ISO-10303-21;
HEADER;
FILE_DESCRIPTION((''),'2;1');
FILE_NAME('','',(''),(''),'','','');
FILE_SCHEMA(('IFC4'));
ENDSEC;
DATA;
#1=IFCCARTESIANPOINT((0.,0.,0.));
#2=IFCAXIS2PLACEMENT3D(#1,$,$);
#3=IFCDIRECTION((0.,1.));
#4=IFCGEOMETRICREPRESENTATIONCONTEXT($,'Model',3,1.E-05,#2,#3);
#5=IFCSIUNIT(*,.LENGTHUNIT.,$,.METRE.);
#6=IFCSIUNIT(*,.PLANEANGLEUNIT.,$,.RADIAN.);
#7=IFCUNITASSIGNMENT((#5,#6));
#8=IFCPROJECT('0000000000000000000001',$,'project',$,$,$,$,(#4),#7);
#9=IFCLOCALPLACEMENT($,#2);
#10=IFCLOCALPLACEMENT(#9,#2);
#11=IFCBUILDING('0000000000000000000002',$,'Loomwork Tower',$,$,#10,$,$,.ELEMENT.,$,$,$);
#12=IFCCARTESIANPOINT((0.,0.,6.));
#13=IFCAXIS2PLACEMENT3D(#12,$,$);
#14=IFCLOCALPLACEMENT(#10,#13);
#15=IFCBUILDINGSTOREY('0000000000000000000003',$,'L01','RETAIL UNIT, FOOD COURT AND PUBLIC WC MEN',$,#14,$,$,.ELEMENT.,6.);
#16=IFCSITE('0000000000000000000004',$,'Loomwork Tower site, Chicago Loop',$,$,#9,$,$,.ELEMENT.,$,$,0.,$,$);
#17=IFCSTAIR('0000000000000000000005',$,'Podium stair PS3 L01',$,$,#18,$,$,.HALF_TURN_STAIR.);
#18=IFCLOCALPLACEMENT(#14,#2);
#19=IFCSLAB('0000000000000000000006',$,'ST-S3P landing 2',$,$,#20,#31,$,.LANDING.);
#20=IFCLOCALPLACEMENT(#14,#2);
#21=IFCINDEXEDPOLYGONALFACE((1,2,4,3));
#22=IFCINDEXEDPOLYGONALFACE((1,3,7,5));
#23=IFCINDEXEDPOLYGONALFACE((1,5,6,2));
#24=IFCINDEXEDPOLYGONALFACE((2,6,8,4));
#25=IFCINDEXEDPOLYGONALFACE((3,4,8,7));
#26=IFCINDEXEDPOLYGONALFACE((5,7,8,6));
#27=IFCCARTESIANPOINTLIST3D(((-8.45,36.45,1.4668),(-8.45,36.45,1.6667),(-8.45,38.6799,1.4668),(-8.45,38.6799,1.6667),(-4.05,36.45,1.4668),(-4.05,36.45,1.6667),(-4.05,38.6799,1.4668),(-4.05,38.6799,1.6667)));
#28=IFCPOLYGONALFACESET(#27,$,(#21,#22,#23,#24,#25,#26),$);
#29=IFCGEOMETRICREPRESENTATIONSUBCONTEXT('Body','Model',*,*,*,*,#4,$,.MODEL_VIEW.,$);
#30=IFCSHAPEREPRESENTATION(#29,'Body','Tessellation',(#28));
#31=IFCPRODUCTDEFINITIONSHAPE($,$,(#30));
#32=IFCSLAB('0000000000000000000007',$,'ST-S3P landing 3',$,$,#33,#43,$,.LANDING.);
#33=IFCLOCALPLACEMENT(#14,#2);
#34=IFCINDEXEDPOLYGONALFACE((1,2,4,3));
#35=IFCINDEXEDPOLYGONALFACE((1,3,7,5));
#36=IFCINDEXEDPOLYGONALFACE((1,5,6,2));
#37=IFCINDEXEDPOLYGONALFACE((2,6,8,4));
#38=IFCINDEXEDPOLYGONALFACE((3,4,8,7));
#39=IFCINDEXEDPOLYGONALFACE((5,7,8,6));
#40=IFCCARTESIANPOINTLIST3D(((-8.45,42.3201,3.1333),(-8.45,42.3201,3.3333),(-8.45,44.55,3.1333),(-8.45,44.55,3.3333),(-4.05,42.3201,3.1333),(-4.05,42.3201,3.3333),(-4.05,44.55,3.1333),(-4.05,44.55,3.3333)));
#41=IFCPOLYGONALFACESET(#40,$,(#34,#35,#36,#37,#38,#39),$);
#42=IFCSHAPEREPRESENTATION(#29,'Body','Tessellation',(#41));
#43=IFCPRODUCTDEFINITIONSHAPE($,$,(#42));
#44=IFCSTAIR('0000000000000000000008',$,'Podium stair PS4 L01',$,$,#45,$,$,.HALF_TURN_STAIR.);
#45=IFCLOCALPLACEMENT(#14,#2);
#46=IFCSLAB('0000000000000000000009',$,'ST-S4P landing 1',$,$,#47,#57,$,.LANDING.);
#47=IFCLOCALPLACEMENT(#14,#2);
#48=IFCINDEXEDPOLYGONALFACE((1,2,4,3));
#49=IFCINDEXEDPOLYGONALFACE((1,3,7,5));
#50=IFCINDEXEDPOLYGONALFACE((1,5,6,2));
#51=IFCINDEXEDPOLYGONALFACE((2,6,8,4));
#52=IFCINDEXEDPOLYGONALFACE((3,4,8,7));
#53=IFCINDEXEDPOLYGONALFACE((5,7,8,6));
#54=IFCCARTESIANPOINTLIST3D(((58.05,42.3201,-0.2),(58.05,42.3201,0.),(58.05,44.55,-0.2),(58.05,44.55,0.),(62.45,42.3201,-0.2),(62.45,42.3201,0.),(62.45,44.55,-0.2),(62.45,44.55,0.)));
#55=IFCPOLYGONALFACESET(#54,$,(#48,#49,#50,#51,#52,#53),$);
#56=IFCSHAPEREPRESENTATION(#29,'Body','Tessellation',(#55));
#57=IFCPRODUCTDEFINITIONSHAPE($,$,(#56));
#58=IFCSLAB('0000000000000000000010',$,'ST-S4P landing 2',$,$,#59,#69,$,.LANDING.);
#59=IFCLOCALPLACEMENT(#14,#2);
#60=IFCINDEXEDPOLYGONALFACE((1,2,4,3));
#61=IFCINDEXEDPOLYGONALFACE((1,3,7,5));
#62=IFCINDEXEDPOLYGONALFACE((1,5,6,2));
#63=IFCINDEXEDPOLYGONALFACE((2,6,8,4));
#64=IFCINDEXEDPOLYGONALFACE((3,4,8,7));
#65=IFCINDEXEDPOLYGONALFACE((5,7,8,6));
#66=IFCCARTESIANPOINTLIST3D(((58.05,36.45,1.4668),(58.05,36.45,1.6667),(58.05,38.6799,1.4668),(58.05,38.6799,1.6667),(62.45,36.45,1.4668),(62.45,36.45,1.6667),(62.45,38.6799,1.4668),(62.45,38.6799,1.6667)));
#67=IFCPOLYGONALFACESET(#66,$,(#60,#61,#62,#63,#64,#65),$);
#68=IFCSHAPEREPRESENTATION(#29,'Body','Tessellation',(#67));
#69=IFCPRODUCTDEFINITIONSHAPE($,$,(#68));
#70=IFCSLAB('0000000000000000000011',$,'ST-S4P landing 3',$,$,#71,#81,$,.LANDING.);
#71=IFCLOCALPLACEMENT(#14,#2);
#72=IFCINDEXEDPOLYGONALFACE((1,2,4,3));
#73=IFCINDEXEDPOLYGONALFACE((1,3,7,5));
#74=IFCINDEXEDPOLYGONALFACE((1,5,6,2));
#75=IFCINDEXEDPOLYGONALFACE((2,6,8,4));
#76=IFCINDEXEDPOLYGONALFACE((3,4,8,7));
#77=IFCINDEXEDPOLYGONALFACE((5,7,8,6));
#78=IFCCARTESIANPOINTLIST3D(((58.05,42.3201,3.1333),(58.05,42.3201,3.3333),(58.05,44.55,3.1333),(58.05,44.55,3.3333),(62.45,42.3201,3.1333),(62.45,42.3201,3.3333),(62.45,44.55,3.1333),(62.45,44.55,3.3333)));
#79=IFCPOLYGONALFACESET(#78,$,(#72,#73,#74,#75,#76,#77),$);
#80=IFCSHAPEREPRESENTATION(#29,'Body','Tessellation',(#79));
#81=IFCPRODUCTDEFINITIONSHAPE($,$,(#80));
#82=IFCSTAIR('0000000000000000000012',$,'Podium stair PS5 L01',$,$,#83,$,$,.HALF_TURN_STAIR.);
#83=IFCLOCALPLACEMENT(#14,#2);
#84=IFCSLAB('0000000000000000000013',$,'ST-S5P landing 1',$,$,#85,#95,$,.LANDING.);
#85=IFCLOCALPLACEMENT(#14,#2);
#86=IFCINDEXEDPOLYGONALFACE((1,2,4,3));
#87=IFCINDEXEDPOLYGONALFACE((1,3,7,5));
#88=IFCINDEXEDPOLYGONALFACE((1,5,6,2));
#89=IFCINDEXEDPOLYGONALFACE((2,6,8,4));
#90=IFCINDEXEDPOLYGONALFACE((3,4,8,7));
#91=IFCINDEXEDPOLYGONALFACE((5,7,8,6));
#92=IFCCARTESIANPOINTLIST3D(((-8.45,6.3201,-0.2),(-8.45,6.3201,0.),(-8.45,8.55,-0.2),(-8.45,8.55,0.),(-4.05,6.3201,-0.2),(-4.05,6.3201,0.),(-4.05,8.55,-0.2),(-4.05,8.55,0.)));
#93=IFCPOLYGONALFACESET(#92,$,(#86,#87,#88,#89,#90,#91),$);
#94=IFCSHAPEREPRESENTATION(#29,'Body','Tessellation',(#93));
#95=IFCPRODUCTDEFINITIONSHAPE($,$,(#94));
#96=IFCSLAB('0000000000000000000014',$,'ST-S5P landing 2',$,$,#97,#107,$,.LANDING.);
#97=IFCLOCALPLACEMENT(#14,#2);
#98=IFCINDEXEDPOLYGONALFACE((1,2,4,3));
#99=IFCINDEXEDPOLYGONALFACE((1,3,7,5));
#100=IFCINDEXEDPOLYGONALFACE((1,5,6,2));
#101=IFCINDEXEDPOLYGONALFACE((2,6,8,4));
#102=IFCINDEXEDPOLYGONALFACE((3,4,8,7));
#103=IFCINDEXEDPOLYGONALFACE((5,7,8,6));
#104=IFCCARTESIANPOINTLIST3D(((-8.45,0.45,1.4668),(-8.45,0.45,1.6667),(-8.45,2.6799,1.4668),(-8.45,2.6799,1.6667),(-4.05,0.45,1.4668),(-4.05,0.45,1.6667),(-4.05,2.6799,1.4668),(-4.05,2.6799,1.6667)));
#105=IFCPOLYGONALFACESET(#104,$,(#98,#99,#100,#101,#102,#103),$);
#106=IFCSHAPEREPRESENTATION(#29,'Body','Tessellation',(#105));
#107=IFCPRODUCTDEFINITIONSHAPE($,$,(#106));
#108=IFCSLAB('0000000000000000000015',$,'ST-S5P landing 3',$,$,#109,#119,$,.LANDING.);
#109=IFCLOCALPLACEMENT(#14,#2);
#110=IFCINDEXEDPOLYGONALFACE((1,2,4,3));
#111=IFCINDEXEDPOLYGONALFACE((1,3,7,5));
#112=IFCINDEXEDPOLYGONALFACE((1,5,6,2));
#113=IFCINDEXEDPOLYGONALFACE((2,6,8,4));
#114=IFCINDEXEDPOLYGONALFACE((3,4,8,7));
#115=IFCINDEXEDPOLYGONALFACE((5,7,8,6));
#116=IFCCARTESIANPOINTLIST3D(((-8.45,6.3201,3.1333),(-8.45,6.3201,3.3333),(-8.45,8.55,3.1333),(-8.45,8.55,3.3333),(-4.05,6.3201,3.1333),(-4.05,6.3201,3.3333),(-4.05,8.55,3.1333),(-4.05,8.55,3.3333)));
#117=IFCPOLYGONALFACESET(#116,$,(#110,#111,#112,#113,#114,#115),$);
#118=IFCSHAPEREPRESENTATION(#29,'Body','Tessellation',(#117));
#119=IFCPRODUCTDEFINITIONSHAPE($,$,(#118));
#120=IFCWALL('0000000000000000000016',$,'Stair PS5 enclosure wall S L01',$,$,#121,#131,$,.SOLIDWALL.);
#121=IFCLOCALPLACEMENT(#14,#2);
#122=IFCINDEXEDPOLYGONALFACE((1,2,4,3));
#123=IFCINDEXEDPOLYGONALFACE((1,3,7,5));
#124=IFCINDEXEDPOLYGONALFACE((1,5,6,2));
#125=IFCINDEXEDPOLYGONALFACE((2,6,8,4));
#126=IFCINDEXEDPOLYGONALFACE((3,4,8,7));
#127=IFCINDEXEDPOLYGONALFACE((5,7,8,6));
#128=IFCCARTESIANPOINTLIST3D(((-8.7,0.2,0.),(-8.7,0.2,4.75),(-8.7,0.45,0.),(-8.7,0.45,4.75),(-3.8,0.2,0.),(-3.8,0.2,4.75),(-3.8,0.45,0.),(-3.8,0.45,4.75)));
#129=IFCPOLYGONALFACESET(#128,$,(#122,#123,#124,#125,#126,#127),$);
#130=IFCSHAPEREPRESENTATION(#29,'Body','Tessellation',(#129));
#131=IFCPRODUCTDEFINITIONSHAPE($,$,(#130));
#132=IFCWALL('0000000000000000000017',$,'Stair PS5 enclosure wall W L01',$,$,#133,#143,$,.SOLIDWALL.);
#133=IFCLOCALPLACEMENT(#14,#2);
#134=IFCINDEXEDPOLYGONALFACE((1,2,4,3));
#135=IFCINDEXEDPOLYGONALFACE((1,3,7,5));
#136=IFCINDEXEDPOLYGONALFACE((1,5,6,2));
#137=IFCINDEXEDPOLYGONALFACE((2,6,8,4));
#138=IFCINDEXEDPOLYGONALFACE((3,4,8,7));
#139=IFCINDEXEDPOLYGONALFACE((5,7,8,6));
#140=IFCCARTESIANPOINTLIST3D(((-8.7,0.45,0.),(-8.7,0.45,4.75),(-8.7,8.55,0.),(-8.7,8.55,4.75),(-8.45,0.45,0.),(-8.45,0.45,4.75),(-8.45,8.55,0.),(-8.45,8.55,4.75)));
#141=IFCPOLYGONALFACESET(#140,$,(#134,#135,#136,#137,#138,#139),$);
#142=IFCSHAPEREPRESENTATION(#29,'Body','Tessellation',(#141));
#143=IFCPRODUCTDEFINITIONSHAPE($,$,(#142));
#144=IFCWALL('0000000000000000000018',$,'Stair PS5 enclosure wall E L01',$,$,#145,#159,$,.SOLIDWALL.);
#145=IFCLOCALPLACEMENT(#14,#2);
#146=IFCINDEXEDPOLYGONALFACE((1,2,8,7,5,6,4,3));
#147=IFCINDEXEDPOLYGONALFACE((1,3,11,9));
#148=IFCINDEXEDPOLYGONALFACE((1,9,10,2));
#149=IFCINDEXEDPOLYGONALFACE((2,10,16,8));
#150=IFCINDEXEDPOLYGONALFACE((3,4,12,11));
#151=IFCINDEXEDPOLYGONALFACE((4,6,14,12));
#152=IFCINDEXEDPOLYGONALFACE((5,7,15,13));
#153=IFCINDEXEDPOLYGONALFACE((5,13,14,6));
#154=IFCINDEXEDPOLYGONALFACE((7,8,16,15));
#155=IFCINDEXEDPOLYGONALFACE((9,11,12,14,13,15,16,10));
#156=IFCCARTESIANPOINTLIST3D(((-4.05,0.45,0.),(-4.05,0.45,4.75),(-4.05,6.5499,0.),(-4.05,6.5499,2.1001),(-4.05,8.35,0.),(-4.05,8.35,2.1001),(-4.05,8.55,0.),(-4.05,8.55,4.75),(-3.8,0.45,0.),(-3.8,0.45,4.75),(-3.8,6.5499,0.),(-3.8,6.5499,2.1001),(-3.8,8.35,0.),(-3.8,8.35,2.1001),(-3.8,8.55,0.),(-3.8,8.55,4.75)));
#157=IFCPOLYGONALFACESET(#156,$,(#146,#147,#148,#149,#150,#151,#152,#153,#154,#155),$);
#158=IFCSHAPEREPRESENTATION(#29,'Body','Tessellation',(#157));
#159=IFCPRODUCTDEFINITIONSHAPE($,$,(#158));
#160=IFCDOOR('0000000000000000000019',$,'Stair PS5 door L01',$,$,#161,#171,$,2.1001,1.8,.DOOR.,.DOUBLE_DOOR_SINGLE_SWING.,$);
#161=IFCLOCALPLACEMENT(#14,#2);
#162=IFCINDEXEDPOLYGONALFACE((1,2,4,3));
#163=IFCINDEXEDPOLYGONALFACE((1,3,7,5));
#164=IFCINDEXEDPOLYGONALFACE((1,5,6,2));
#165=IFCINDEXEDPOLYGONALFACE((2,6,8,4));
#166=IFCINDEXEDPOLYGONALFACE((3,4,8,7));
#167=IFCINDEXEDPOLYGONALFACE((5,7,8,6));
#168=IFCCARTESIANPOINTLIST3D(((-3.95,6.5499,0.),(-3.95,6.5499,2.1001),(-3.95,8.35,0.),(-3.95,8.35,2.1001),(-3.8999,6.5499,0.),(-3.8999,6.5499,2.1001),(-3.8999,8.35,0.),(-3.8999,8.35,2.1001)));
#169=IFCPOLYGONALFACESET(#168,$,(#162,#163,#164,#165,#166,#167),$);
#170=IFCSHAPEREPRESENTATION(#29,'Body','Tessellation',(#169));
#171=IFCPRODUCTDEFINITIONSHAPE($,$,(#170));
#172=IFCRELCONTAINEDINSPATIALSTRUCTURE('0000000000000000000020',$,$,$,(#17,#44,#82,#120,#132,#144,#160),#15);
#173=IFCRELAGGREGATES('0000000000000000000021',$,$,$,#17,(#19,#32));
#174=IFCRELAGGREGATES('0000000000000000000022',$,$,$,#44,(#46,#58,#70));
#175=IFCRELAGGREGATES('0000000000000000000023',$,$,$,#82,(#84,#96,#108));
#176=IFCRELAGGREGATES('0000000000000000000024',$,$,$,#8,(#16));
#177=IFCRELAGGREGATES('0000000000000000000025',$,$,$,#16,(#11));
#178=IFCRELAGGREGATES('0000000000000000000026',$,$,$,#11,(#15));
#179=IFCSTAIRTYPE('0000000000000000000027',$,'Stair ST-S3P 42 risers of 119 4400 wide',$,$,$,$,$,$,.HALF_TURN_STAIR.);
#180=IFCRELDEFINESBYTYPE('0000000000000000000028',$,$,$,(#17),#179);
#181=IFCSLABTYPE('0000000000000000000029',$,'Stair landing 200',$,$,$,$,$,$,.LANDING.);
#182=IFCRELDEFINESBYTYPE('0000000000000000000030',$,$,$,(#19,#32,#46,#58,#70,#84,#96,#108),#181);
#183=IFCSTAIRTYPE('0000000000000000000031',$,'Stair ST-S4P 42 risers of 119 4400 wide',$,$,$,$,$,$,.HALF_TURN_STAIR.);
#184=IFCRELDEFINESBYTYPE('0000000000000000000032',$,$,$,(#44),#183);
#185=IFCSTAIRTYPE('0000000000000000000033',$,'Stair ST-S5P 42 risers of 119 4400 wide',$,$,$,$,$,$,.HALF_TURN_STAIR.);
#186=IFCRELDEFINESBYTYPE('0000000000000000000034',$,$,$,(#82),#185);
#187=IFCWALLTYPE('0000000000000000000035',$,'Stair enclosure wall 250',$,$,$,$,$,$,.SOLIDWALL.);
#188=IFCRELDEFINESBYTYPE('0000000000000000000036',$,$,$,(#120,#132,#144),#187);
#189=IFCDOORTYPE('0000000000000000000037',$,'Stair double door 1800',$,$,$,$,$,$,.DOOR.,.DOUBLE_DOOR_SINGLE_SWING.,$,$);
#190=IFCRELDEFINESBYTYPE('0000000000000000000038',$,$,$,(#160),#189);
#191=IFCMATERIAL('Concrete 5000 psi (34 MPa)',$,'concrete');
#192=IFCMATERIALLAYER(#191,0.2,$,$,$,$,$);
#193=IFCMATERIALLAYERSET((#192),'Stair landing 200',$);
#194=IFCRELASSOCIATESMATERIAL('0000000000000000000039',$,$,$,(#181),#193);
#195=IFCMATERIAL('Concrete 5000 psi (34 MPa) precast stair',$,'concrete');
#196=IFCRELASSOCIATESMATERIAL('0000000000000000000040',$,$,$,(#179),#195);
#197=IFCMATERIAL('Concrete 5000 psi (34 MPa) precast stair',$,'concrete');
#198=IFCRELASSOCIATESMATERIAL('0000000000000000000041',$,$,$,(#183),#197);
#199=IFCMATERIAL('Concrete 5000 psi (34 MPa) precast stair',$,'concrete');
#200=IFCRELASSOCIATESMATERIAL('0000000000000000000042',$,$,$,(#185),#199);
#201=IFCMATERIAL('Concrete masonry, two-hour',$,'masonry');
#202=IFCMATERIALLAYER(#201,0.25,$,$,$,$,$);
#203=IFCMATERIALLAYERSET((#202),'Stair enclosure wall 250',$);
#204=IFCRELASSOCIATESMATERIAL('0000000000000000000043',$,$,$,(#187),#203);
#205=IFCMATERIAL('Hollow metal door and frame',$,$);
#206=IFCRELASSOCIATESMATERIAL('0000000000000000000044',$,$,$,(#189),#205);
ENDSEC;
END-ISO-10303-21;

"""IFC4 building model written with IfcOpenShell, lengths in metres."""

from ifc_helpers import new_model, si_unit, direction, frame, frame_2d, origin, place, context, subcontext, project, spatial, polyline, rectangle, outline, extrude, material, layer, layer_set, type_object, element, fill, aggregate, save


model = new_model("IFC4")

# Units and contexts
model_context = context("Model", 3, precision=1e-05, world=origin(), true_north=direction((0.0, 1.0)))
body_context = subcontext(model_context, "Body", "Model", "MODEL_VIEW")
ifc_project = project(units=[si_unit("LENGTHUNIT", "METRE"), si_unit("PLANEANGLEUNIT", "RADIAN")], contexts=[model_context])

# Site, building, storey
site_placement = place(None, origin())
site = spatial("IfcSite", under=ifc_project, at=site_placement, Name="Loomwork Tower site, Chicago Loop", CompositionType="ELEMENT", RefElevation=0.0)
building_placement = place(site_placement, origin())
building = spatial("IfcBuilding", under=site, at=building_placement, Name="Loomwork Tower", CompositionType="ELEMENT")
storey_placement = place(building_placement, frame((0.0, 0.0, 6.0)))
storey = spatial("IfcBuildingStorey", under=building, at=storey_placement, Name="L01", Description="RETAIL UNIT, FOOD COURT AND PUBLIC WC MEN", CompositionType="ELEMENT", Elevation=6.0)

# Stairs, slabs
ifc_material_1 = material(Name="Concrete 5000 psi (34 MPa)", Category="concrete")
ifc_layer_1 = layer(ifc_material_1, 0.2)
ifc_layer_set_1 = layer_set([ifc_layer_1], Name="Stair landing 200")
slab_type_1 = type_object("IfcSlabType", Name="Stair landing 200", PredefinedType="LANDING", material=ifc_layer_set_1)
ifc_material_2 = material(Name="Concrete 5000 psi (34 MPa) precast stair", Category="concrete")
stair_type_1 = type_object("IfcStairType", Name="Stair ST-S3P 42 risers of 119 4400 wide", PredefinedType="HALF_TURN_STAIR", material=ifc_material_2)
stair_1_placement = place(storey_placement, origin())
stair_1 = element("IfcStair", 1, at=stair_1_placement, inside=storey, type_object=stair_type_1, Name="Podium stair PS3 L01", PredefinedType="HALF_TURN_STAIR")
slab_1_placement = place(storey_placement, frame((0.0, 0.0, 1.4668)))
slab_1 = element("IfcSlab", 2, at=slab_1_placement, type_object=slab_type_1, Name="ST-S3P landing 2", PredefinedType="LANDING", context=body_context, shape_type="SweptSolid", body=[
    extrude(outline(polyline([(-8.45, 36.45), (-4.05, 36.45), (-4.05, 38.6799), (-8.45, 38.6799), (-8.45, 36.45)])), origin(), (0.0, 0.0, 1.0), 0.2),
])
slab_2_placement = place(storey_placement, frame((0.0, 0.0, 3.1333)))
slab_2 = element("IfcSlab", 3, at=slab_2_placement, type_object=slab_type_1, Name="ST-S3P landing 3", PredefinedType="LANDING", context=body_context, shape_type="SweptSolid", body=[
    extrude(outline(polyline([(-8.45, 42.3201), (-4.05, 42.3201), (-4.05, 44.55), (-8.45, 44.55), (-8.45, 42.3201)])), origin(), (0.0, 0.0, 1.0), 0.2),
])
aggregate(stair_1, [slab_1, slab_2])
ifc_material_3 = material(Name="Concrete 5000 psi (34 MPa) precast stair", Category="concrete")
stair_type_2 = type_object("IfcStairType", Name="Stair ST-S4P 42 risers of 119 4400 wide", PredefinedType="HALF_TURN_STAIR", material=ifc_material_3)
stair_2_placement = place(storey_placement, origin())
stair_2 = element("IfcStair", 4, at=stair_2_placement, inside=storey, type_object=stair_type_2, Name="Podium stair PS4 L01", PredefinedType="HALF_TURN_STAIR")
slab_3_placement = place(storey_placement, frame((0.0, 0.0, -0.2)))
slab_3 = element("IfcSlab", 5, at=slab_3_placement, type_object=slab_type_1, Name="ST-S4P landing 1", PredefinedType="LANDING", context=body_context, shape_type="SweptSolid", body=[
    extrude(outline(polyline([(58.05, 42.3201), (62.45, 42.3201), (62.45, 44.55), (58.05, 44.55), (58.05, 42.3201)])), origin(), (0.0, 0.0, 1.0), 0.2),
])
slab_4_placement = place(storey_placement, frame((0.0, 0.0, 1.4668)))
slab_4 = element("IfcSlab", 6, at=slab_4_placement, type_object=slab_type_1, Name="ST-S4P landing 2", PredefinedType="LANDING", context=body_context, shape_type="SweptSolid", body=[
    extrude(outline(polyline([(58.05, 36.45), (62.45, 36.45), (62.45, 38.6799), (58.05, 38.6799), (58.05, 36.45)])), origin(), (0.0, 0.0, 1.0), 0.2),
])
slab_5_placement = place(storey_placement, frame((0.0, 0.0, 3.1333)))
slab_5 = element("IfcSlab", 7, at=slab_5_placement, type_object=slab_type_1, Name="ST-S4P landing 3", PredefinedType="LANDING", context=body_context, shape_type="SweptSolid", body=[
    extrude(outline(polyline([(58.05, 42.3201), (62.45, 42.3201), (62.45, 44.55), (58.05, 44.55), (58.05, 42.3201)])), origin(), (0.0, 0.0, 1.0), 0.2),
])
aggregate(stair_2, [slab_3, slab_4, slab_5])
ifc_material_4 = material(Name="Concrete 5000 psi (34 MPa) precast stair", Category="concrete")
stair_type_3 = type_object("IfcStairType", Name="Stair ST-S5P 42 risers of 119 4400 wide", PredefinedType="HALF_TURN_STAIR", material=ifc_material_4)
stair_3_placement = place(storey_placement, origin())
stair_3 = element("IfcStair", 8, at=stair_3_placement, inside=storey, type_object=stair_type_3, Name="Podium stair PS5 L01", PredefinedType="HALF_TURN_STAIR")
slab_6_placement = place(storey_placement, frame((0.0, 0.0, -0.2)))
slab_6 = element("IfcSlab", 9, at=slab_6_placement, type_object=slab_type_1, Name="ST-S5P landing 1", PredefinedType="LANDING", context=body_context, shape_type="SweptSolid", body=[
    extrude(outline(polyline([(-8.45, 6.3201), (-4.05, 6.3201), (-4.05, 8.55), (-8.45, 8.55), (-8.45, 6.3201)])), origin(), (0.0, 0.0, 1.0), 0.2),
])
slab_7_placement = place(storey_placement, frame((0.0, 0.0, 1.4668)))
slab_7 = element("IfcSlab", 10, at=slab_7_placement, type_object=slab_type_1, Name="ST-S5P landing 2", PredefinedType="LANDING", context=body_context, shape_type="SweptSolid", body=[
    extrude(outline(polyline([(-8.45, 0.45), (-4.05, 0.45), (-4.05, 2.6799), (-8.45, 2.6799), (-8.45, 0.45)])), origin(), (0.0, 0.0, 1.0), 0.2),
])
slab_8_placement = place(storey_placement, frame((0.0, 0.0, 3.1333)))
slab_8 = element("IfcSlab", 11, at=slab_8_placement, type_object=slab_type_1, Name="ST-S5P landing 3", PredefinedType="LANDING", context=body_context, shape_type="SweptSolid", body=[
    extrude(outline(polyline([(-8.45, 6.3201), (-4.05, 6.3201), (-4.05, 8.55), (-8.45, 8.55), (-8.45, 6.3201)])), origin(), (0.0, 0.0, 1.0), 0.2),
])

# Walls
ifc_material_5 = material(Name="Concrete masonry, two-hour", Category="masonry")
ifc_layer_2 = layer(ifc_material_5, 0.25)
ifc_layer_set_2 = layer_set([ifc_layer_2], Name="Stair enclosure wall 250")
wall_type = type_object("IfcWallType", Name="Stair enclosure wall 250", PredefinedType="SOLIDWALL", material=ifc_layer_set_2)
wall_1_placement = place(storey_placement, frame((-8.7, 0.325, 0.0), z_axis=(0.0, 0.0, 1.0), x_axis=(1.0, 0.0, 0.0)))
element("IfcWall", 12, at=wall_1_placement, inside=storey, type_object=wall_type, Name="Stair PS5 enclosure wall S L01", PredefinedType="SOLIDWALL", context=body_context, shape_type="SweptSolid", body=[
    extrude(rectangle(XDim=4.8999, YDim=0.25, at=frame_2d((2.45, 0.0))), origin(), (0.0, 0.0, 1.0), 4.75),
])
wall_2_placement = place(storey_placement, frame((-8.575, 0.45, 0.0), z_axis=(0.0, 0.0, 1.0), x_axis=(0.0, 1.0, 0.0)))
element("IfcWall", 13, at=wall_2_placement, inside=storey, type_object=wall_type, Name="Stair PS5 enclosure wall W L01", PredefinedType="SOLIDWALL", context=body_context, shape_type="SweptSolid", body=[
    extrude(rectangle(XDim=8.1001, YDim=0.25, at=frame_2d((4.05, 0.0))), origin(), (0.0, 0.0, 1.0), 4.75),
])

# Wall, opening, door
wall_3_placement = place(storey_placement, frame((-3.925, 0.45, 0.0), z_axis=(0.0, 0.0, 1.0), x_axis=(0.0, 1.0, 0.0)))
wall_3 = element("IfcWall", 14, at=wall_3_placement, inside=storey, type_object=wall_type, Name="Stair PS5 enclosure wall E L01", PredefinedType="SOLIDWALL", context=body_context, shape_type="SweptSolid", body=[
    extrude(rectangle(XDim=8.1001, YDim=0.25, at=frame_2d((4.05, 0.0))), origin(), (0.0, 0.0, 1.0), 4.75),
])
opening_placement = place(wall_3_placement, frame((6.1001, 0.0, 0.0)))
opening = element("IfcOpeningElement", 15, at=opening_placement, cuts=wall_3, PredefinedType="OPENING", context=body_context, shape_type="SweptSolid", body=[
    extrude(rectangle(XDim=1.8, YDim=2.1001, at=frame_2d((0.8999, 1.05))), frame((0.0, 0.135, 0.0), z_axis=(0.0, -1.0, 0.0), x_axis=(1.0, 0.0, 0.0)), (0.0, 0.0, 1.0), 0.27),
])
ifc_material_6 = material(Name="Hollow metal door and frame")
door_type = type_object("IfcDoorType", Name="Stair double door 1800", OperationType="DOUBLE_DOOR_SINGLE_SWING", PredefinedType="DOOR", material=ifc_material_6)
door_placement = place(opening_placement, origin())
door = element("IfcDoor", 16, at=door_placement, inside=storey, type_object=door_type, Name="Stair PS5 door L01", OperationType="DOUBLE_DOOR_SINGLE_SWING", OverallHeight=2.1001, OverallWidth=1.8, PredefinedType="DOOR", context=body_context, shape_type="SweptSolid", body=[
    extrude(rectangle(XDim=1.8, YDim=2.1001, at=frame_2d((0.8999, 1.05))), frame((0.0, 0.0249, 0.0), z_axis=(0.0, -1.0, 0.0), x_axis=(1.0, 0.0, 0.0)), (0.0, 0.0, 1.0), 0.05),
])
fill(opening, door)

aggregate(stair_3, [slab_6, slab_7, slab_8])

save(model, "model.ifc")
